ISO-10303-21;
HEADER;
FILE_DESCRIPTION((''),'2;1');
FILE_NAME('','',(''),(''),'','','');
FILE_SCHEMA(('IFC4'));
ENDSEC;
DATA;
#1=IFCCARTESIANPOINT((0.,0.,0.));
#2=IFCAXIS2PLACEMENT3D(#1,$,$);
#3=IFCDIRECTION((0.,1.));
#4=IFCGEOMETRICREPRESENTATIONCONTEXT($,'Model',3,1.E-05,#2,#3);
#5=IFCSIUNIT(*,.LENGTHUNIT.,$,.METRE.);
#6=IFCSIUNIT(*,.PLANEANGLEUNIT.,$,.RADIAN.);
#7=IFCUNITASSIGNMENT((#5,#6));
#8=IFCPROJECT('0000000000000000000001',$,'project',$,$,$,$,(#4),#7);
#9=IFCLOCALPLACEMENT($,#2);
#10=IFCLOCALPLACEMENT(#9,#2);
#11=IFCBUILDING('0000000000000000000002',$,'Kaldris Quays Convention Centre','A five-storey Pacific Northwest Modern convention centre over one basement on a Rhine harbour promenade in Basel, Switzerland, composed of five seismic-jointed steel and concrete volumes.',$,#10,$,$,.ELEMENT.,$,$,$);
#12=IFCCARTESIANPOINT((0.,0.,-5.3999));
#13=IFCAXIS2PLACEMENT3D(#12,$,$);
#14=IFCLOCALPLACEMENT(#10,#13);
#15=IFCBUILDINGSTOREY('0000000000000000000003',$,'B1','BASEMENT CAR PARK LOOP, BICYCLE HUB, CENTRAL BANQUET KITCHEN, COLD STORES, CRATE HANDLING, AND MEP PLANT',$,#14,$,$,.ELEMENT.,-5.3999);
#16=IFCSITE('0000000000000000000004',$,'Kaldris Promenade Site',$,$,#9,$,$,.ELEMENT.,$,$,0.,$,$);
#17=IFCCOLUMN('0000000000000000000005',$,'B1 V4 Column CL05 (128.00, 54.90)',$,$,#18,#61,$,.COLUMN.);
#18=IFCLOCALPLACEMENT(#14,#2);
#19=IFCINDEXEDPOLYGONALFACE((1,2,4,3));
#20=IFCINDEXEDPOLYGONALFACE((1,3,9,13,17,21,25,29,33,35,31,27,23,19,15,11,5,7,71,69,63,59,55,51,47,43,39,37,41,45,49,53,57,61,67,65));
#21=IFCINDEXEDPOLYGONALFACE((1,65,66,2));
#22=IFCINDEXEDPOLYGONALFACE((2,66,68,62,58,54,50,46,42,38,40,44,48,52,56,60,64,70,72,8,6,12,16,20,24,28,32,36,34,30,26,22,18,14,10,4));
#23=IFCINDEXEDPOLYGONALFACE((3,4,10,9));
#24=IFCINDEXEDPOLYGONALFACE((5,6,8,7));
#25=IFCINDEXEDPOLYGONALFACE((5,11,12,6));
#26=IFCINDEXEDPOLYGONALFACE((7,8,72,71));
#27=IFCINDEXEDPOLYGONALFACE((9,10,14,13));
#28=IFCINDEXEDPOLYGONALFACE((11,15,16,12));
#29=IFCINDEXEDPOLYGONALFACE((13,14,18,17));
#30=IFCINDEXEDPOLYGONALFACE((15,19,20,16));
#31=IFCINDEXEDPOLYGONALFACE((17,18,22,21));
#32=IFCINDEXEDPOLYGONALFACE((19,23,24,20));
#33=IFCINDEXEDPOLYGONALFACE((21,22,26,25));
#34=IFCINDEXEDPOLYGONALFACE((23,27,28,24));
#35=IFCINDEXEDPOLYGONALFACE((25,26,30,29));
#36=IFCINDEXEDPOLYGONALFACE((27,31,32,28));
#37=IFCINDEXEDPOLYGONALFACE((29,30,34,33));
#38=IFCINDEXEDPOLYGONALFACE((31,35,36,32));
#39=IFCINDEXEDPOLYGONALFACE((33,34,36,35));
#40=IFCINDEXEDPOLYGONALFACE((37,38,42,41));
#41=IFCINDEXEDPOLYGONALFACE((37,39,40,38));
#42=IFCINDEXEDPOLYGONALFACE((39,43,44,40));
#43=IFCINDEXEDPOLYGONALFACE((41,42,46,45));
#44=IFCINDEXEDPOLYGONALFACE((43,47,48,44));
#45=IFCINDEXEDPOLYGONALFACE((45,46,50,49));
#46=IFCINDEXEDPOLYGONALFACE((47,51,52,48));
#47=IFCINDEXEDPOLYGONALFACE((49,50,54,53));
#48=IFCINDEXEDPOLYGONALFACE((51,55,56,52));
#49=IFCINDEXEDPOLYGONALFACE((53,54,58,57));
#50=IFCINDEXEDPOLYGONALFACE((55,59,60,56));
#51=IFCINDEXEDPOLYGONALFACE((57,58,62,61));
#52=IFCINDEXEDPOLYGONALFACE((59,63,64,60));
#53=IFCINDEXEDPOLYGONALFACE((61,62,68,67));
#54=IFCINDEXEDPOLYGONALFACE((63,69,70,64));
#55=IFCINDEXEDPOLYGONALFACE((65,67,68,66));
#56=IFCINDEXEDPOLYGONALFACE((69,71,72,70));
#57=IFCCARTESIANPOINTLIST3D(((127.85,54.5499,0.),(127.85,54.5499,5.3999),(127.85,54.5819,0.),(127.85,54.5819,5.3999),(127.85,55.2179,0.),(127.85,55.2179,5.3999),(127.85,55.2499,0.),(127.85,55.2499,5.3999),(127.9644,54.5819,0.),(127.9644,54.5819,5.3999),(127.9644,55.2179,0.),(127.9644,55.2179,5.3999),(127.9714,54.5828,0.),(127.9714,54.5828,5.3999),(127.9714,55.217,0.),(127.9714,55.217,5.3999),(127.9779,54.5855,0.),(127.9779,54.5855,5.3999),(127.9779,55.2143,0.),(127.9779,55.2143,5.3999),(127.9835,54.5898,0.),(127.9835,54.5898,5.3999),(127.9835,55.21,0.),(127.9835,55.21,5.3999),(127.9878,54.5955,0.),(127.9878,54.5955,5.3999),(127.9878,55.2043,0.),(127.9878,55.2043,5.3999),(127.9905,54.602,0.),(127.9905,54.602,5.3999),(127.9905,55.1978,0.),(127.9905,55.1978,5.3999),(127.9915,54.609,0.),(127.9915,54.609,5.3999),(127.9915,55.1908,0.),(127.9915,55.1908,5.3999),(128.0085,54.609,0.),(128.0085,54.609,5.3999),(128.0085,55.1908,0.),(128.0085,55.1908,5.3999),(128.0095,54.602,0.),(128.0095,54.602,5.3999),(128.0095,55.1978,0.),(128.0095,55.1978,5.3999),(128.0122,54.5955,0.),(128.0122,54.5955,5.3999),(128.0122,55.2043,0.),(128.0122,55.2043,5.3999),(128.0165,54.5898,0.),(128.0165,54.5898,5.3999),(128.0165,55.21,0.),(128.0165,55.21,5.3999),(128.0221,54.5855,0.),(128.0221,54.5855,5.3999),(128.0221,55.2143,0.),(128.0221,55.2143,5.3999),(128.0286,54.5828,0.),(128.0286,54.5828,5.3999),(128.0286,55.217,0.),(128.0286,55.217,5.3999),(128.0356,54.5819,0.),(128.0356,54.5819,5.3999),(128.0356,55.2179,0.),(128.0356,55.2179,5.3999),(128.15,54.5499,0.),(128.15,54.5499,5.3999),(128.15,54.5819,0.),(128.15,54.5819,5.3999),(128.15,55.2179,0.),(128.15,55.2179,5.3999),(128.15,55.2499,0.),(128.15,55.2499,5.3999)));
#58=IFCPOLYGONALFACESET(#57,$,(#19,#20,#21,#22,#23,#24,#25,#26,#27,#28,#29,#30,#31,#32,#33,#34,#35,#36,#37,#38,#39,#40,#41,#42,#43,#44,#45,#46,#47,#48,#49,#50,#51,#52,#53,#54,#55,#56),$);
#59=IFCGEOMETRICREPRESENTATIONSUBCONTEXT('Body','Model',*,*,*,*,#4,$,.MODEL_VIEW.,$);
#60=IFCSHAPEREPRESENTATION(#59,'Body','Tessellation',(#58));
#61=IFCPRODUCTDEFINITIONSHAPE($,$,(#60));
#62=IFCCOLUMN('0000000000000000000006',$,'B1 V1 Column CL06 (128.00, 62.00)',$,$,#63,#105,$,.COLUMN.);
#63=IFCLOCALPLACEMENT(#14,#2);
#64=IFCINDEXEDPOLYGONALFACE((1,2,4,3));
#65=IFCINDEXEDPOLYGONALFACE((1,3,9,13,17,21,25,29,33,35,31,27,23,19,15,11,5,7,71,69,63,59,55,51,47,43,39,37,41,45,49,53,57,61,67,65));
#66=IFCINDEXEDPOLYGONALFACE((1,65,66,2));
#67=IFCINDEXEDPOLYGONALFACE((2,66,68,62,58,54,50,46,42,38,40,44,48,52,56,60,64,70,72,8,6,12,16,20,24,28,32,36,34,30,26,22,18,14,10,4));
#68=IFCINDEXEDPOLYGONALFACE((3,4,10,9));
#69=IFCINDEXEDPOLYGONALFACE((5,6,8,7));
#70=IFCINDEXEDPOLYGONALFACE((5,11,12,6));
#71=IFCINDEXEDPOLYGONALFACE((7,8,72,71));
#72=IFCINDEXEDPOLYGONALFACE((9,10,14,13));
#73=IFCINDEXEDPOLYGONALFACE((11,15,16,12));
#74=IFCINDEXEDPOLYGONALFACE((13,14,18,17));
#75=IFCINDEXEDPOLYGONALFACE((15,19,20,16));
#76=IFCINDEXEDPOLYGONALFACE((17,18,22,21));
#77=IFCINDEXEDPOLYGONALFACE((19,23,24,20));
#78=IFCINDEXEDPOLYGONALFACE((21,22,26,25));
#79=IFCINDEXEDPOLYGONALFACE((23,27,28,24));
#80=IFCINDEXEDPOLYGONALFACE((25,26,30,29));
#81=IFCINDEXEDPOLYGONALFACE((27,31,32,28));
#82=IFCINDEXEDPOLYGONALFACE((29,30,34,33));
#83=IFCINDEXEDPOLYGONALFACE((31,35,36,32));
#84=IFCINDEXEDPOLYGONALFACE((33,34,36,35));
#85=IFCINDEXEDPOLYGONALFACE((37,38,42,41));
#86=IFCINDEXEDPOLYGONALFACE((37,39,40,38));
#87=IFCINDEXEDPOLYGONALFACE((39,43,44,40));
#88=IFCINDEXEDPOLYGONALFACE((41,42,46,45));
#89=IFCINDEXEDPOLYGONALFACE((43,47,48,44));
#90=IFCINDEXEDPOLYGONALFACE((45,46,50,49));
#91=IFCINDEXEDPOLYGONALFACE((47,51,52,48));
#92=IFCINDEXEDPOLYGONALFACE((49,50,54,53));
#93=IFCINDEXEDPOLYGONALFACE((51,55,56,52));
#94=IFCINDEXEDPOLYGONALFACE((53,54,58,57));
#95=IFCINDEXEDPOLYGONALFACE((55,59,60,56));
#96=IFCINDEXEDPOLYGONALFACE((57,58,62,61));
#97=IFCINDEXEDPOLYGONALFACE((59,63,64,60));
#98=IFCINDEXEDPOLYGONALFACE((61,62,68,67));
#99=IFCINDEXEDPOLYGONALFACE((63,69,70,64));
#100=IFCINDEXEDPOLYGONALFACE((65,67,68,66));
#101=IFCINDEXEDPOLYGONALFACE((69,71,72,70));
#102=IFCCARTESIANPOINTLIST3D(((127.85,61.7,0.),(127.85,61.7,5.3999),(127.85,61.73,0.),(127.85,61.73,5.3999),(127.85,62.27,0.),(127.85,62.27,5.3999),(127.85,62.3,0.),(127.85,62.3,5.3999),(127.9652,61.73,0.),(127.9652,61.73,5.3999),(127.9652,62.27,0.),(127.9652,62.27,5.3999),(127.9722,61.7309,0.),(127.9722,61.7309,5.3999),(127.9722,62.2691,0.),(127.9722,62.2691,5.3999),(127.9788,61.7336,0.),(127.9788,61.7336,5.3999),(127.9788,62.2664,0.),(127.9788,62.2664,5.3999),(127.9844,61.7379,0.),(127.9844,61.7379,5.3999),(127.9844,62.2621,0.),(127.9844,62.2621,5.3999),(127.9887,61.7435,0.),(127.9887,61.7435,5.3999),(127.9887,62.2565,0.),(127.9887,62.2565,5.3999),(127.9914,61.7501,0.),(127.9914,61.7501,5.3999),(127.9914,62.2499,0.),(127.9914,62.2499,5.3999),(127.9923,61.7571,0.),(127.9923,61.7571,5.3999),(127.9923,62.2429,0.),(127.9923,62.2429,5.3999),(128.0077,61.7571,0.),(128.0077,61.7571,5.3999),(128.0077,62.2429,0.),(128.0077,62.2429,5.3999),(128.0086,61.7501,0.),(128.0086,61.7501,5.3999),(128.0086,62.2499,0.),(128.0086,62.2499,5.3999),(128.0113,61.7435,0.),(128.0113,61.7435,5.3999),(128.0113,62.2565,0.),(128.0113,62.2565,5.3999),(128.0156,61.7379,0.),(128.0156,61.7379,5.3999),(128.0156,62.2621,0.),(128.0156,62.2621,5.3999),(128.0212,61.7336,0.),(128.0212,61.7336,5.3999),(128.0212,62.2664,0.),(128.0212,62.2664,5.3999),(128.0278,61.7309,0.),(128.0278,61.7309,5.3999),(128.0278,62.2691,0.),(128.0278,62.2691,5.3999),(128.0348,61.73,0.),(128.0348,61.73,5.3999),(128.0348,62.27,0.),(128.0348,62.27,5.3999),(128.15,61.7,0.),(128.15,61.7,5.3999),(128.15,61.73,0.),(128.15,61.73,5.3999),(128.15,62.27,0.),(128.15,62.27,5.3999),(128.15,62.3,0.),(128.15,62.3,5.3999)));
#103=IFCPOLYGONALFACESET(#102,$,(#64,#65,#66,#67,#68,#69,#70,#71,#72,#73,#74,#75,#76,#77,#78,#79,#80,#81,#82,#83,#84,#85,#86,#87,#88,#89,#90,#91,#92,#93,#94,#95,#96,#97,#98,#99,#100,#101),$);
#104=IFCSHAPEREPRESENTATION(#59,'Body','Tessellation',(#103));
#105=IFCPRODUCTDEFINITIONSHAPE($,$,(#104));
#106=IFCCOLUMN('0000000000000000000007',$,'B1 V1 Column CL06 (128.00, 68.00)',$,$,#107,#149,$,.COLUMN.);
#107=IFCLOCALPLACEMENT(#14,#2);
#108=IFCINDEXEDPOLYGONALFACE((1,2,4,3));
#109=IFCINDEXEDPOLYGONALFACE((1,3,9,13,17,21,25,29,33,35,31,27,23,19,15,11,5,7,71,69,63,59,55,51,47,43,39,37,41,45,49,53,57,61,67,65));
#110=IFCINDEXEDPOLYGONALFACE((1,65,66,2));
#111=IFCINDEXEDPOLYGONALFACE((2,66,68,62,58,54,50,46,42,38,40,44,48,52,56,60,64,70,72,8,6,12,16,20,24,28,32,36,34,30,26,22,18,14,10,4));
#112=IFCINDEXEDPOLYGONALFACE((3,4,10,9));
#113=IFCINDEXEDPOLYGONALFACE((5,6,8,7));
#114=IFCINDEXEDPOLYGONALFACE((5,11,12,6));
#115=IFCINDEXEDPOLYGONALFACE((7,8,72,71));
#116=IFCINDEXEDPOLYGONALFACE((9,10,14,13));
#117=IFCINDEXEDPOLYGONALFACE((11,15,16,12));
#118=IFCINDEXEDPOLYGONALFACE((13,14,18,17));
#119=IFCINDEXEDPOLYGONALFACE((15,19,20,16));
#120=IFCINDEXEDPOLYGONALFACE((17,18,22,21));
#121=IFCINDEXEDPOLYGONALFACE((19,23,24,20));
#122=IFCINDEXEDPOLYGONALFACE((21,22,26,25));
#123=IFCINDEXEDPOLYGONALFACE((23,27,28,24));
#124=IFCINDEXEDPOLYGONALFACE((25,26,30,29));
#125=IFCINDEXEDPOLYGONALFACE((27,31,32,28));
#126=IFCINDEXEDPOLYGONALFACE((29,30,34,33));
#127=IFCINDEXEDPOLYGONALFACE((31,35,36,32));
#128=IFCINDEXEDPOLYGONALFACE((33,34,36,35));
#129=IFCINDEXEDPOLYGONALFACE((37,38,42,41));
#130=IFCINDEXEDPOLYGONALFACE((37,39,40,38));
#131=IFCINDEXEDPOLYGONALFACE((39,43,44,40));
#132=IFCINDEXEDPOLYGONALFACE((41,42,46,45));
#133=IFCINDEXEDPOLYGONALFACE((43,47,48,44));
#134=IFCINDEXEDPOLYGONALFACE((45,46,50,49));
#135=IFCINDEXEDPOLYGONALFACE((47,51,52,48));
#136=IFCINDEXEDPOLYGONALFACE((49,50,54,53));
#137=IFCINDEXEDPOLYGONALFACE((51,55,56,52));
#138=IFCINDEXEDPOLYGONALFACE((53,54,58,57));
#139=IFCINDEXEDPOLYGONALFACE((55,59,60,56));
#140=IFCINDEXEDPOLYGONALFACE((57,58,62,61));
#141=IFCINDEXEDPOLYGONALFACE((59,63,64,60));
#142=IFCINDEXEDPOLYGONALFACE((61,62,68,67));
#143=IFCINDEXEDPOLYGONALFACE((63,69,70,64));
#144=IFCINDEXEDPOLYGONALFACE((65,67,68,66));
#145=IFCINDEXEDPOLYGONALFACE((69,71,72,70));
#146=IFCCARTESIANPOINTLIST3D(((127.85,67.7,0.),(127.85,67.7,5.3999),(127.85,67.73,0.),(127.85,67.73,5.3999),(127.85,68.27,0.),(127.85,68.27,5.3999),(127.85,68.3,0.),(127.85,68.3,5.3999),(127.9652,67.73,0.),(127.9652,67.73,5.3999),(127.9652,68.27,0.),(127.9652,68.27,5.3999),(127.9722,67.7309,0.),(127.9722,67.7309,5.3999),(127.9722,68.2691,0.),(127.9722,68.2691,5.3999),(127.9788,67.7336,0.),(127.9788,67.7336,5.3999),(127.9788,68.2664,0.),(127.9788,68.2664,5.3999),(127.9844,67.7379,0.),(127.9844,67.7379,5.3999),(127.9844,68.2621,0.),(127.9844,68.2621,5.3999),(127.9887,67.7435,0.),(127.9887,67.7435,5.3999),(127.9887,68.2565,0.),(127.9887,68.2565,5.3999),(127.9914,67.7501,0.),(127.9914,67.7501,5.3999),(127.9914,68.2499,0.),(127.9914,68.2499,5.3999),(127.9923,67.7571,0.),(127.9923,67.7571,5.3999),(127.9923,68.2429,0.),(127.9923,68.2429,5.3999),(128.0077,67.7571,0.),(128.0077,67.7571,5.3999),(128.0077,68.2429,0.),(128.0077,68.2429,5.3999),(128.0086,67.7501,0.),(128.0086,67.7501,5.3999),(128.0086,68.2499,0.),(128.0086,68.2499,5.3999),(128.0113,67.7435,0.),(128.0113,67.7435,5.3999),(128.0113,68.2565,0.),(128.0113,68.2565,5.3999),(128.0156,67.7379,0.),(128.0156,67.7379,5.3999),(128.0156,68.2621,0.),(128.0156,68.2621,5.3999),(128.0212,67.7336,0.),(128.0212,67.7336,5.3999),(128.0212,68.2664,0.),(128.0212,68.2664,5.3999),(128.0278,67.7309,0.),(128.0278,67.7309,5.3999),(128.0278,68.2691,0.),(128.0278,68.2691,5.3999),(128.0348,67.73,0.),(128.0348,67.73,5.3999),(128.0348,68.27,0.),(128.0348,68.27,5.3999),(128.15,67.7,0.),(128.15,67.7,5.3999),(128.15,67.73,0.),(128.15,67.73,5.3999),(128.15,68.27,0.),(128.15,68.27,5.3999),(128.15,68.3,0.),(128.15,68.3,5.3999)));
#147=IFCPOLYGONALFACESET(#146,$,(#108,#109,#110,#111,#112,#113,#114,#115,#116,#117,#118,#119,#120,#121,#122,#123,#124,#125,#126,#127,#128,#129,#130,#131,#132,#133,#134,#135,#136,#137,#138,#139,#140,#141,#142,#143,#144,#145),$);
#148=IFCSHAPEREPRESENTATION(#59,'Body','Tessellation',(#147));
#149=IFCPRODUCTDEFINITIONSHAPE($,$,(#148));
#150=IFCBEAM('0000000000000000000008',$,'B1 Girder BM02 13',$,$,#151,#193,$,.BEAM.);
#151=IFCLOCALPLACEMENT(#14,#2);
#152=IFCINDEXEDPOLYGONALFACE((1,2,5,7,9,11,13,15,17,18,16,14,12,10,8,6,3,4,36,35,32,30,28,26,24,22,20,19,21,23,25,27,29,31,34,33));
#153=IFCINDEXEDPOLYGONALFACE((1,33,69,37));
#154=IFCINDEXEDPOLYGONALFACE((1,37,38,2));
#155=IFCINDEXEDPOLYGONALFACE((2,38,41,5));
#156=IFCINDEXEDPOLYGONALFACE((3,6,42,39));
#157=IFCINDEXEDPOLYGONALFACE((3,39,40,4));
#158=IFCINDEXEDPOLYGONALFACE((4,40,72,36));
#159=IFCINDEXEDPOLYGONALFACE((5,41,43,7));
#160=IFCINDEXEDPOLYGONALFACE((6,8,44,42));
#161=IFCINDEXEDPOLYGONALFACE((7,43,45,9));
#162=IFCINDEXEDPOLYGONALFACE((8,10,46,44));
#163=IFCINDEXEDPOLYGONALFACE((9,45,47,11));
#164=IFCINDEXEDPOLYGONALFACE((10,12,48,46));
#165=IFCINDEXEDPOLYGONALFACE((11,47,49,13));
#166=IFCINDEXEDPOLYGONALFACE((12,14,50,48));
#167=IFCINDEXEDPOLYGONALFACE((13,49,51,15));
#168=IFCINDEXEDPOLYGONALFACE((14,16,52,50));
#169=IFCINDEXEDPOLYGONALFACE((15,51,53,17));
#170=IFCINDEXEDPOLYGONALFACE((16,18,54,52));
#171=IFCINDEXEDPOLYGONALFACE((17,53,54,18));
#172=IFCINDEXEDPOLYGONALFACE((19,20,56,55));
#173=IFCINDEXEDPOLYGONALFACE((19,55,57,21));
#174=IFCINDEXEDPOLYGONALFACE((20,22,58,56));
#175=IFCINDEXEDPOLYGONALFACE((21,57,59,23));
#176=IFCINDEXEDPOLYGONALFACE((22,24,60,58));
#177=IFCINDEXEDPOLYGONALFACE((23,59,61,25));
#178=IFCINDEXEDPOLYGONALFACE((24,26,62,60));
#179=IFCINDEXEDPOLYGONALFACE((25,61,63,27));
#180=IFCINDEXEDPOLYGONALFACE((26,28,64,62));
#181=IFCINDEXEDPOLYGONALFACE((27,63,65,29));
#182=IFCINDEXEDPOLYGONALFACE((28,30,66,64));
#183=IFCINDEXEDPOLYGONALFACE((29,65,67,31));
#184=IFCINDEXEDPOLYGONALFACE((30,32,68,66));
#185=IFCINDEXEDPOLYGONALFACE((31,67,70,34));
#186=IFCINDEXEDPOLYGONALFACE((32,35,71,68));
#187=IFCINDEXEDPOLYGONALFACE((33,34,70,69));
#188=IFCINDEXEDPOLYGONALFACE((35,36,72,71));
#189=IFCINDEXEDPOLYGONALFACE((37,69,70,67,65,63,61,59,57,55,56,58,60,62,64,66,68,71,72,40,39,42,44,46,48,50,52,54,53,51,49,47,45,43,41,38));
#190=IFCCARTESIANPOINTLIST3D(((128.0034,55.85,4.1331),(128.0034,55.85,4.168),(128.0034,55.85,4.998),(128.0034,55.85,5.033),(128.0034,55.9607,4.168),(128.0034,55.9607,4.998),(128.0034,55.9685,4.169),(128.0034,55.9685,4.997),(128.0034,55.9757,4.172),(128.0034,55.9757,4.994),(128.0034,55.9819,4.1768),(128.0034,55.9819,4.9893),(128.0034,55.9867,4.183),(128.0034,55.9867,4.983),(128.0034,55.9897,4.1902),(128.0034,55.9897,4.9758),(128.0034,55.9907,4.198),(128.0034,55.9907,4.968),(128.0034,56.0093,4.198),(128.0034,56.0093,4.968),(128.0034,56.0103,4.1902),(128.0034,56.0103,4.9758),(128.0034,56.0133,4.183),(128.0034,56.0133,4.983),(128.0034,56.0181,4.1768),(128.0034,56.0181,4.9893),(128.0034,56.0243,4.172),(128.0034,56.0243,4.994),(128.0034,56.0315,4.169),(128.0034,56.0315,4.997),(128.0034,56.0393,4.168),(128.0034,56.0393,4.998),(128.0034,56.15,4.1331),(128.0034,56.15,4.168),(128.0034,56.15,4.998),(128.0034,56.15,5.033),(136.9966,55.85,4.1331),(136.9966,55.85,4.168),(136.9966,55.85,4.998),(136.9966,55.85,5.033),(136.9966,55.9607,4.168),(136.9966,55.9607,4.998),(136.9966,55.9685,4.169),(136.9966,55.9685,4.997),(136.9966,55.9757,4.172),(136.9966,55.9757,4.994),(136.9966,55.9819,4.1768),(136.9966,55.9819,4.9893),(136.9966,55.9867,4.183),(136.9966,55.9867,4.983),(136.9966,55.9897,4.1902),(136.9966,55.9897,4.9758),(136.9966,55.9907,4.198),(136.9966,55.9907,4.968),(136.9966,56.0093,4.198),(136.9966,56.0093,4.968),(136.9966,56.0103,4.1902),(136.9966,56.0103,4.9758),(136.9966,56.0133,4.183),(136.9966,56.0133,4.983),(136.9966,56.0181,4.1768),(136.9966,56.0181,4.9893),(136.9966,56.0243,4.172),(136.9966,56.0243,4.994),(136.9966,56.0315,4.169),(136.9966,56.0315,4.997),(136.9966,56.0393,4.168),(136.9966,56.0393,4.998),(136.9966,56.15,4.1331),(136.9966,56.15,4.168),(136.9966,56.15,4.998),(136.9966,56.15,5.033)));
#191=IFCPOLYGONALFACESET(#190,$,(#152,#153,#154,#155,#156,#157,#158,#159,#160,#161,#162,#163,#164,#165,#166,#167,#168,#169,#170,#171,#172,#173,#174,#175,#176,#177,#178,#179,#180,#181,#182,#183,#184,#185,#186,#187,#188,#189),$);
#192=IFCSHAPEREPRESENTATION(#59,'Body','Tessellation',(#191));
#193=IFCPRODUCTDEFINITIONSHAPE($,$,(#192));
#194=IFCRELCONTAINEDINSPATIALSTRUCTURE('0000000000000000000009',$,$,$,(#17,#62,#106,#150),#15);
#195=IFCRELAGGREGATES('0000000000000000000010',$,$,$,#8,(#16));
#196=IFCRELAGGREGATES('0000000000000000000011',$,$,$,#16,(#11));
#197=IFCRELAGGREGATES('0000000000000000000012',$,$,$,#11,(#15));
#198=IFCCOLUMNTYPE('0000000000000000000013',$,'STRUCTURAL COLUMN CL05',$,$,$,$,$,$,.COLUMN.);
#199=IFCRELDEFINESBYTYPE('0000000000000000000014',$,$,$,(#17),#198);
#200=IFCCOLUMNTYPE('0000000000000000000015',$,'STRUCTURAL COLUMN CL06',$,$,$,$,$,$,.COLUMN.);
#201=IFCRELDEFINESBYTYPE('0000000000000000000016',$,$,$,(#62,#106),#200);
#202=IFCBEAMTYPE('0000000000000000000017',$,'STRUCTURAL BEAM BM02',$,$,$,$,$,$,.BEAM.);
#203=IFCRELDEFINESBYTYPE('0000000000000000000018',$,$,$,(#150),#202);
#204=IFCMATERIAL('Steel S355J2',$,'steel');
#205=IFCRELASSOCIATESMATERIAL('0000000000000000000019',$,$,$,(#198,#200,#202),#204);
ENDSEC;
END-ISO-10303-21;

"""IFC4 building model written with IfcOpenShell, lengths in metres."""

from ifc_helpers import new_model, si_unit, direction, frame, origin, origin_2d, place, context, subcontext, project, spatial, i_section, extrude, material, material_profile, profile_set, type_object, element, save


model = new_model("IFC4")

# Units and contexts
model_context = context("Model", 3, precision=1e-05, world=origin(), true_north=direction((0.0, 1.0)))
body_context = subcontext(model_context, "Body", "Model", "MODEL_VIEW")
ifc_project = project(units=[si_unit("LENGTHUNIT", "METRE"), si_unit("PLANEANGLEUNIT", "RADIAN")], contexts=[model_context])

# Site, building, storey
site_placement = place(None, origin())
site = spatial("IfcSite", under=ifc_project, at=site_placement, Name="Kaldris Promenade Site", CompositionType="ELEMENT", RefElevation=0.0)
building_placement = place(site_placement, origin())
building = spatial("IfcBuilding", under=site, at=building_placement, Name="Kaldris Quays Convention Centre", Description="A five-storey Pacific Northwest Modern convention centre over one basement on a Rhine harbour promenade in Basel, Switzerland, composed of five seismic-jointed steel and concrete volumes.", CompositionType="ELEMENT")
storey_placement = place(building_placement, frame((0.0, 0.0, -5.3999)))
storey = spatial("IfcBuildingStorey", under=building, at=storey_placement, Name="B1", Description="BASEMENT CAR PARK LOOP, BICYCLE HUB, CENTRAL BANQUET KITCHEN, COLD STORES, CRATE HANDLING, AND MEP PLANT", CompositionType="ELEMENT", Elevation=-5.3999)

# Columns
ifc_material_1 = material(Name="Steel S355J2", Category="steel")
ifc_material_profile_1 = material_profile(ifc_material_1, i_section(OverallWidth=0.3, OverallDepth=0.7, WebThickness=0.0171, FlangeThickness=0.032, FilletRadius=0.0271, at=origin_2d()), Name="HEB 700")
ifc_profile_set_1 = profile_set([ifc_material_profile_1], Name="Steel S355J2")
column_type_1 = type_object("IfcColumnType", Name="STRUCTURAL COLUMN CL05", PredefinedType="COLUMN", material=ifc_profile_set_1)
column_1_placement = place(storey_placement, frame((128.0, 54.8999, 0.0), z_axis=(0.0, 0.0, 1.0), x_axis=(1.0, 0.0, 0.0)))
element("IfcColumn", 1, at=column_1_placement, inside=storey, type_object=column_type_1, Name="B1 V4 Column CL05 (128.00, 54.90)", PredefinedType="COLUMN", context=body_context, shape_type="SweptSolid", body=[
    extrude(i_section(OverallWidth=0.3, OverallDepth=0.7, WebThickness=0.0171, FlangeThickness=0.032, FilletRadius=0.0271, at=origin_2d()), origin(), (0.0, 0.0, 1.0), 5.3999),
])
ifc_material_profile_2 = material_profile(ifc_material_1, i_section(OverallWidth=0.3, OverallDepth=0.6001, WebThickness=0.0154, FlangeThickness=0.03, FilletRadius=0.0271, at=origin_2d()), Name="HEB 600")
ifc_profile_set_2 = profile_set([ifc_material_profile_2], Name="Steel S355J2")
column_type_2 = type_object("IfcColumnType", Name="STRUCTURAL COLUMN CL06", PredefinedType="COLUMN", material=ifc_profile_set_2)
for number, where, z_axis, x_axis, name in (
    (2, (128.0, 62.0, 0.0), (0.0, 0.0, 1.0), (1.0, 0.0, 0.0), "B1 V1 Column CL06 (128.00, 62.00)"),
    (3, (128.0, 68.0, 0.0), (0.0, 0.0, 1.0), (1.0, 0.0, 0.0), "B1 V1 Column CL06 (128.00, 68.00)"),
):
    element("IfcColumn", number, at=place(storey_placement, frame(where, z_axis=z_axis, x_axis=x_axis)), inside=storey, type_object=column_type_2, Name=name, PredefinedType="COLUMN", context=body_context, shape_type="SweptSolid", body=[
        extrude(i_section(OverallWidth=0.3, OverallDepth=0.6001, WebThickness=0.0154, FlangeThickness=0.03, FilletRadius=0.0271, at=origin_2d()), origin(), (0.0, 0.0, 1.0), 5.3999),
    ])

# Beam
ifc_material_profile_3 = material_profile(ifc_material_1, i_section(OverallWidth=0.3, OverallDepth=0.8999, WebThickness=0.0186, FlangeThickness=0.0349, FilletRadius=0.03, at=origin_2d()), Name="HEB 900")
ifc_profile_set_3 = profile_set([ifc_material_profile_3], Name="Steel S355J2")
beam_type_1 = type_object("IfcBeamType", Name="STRUCTURAL BEAM BM02", PredefinedType="BEAM", material=ifc_profile_set_3)
beam_1_placement = place(storey_placement, frame((128.0034, 56.0, 4.583), z_axis=(1.0, 0.0, 0.0), x_axis=(0.0, 1.0, 0.0)))
element("IfcBeam", 4, at=beam_1_placement, inside=storey, type_object=beam_type_1, Name="B1 Girder BM02 13", PredefinedType="BEAM", context=body_context, shape_type="SweptSolid", body=[
    extrude(i_section(OverallWidth=0.3, OverallDepth=0.8999, WebThickness=0.0186, FlangeThickness=0.0349, FilletRadius=0.03, at=origin_2d()), origin(), (0.0, 0.0, 1.0), 8.9932),
])

save(model, "model.ifc")
